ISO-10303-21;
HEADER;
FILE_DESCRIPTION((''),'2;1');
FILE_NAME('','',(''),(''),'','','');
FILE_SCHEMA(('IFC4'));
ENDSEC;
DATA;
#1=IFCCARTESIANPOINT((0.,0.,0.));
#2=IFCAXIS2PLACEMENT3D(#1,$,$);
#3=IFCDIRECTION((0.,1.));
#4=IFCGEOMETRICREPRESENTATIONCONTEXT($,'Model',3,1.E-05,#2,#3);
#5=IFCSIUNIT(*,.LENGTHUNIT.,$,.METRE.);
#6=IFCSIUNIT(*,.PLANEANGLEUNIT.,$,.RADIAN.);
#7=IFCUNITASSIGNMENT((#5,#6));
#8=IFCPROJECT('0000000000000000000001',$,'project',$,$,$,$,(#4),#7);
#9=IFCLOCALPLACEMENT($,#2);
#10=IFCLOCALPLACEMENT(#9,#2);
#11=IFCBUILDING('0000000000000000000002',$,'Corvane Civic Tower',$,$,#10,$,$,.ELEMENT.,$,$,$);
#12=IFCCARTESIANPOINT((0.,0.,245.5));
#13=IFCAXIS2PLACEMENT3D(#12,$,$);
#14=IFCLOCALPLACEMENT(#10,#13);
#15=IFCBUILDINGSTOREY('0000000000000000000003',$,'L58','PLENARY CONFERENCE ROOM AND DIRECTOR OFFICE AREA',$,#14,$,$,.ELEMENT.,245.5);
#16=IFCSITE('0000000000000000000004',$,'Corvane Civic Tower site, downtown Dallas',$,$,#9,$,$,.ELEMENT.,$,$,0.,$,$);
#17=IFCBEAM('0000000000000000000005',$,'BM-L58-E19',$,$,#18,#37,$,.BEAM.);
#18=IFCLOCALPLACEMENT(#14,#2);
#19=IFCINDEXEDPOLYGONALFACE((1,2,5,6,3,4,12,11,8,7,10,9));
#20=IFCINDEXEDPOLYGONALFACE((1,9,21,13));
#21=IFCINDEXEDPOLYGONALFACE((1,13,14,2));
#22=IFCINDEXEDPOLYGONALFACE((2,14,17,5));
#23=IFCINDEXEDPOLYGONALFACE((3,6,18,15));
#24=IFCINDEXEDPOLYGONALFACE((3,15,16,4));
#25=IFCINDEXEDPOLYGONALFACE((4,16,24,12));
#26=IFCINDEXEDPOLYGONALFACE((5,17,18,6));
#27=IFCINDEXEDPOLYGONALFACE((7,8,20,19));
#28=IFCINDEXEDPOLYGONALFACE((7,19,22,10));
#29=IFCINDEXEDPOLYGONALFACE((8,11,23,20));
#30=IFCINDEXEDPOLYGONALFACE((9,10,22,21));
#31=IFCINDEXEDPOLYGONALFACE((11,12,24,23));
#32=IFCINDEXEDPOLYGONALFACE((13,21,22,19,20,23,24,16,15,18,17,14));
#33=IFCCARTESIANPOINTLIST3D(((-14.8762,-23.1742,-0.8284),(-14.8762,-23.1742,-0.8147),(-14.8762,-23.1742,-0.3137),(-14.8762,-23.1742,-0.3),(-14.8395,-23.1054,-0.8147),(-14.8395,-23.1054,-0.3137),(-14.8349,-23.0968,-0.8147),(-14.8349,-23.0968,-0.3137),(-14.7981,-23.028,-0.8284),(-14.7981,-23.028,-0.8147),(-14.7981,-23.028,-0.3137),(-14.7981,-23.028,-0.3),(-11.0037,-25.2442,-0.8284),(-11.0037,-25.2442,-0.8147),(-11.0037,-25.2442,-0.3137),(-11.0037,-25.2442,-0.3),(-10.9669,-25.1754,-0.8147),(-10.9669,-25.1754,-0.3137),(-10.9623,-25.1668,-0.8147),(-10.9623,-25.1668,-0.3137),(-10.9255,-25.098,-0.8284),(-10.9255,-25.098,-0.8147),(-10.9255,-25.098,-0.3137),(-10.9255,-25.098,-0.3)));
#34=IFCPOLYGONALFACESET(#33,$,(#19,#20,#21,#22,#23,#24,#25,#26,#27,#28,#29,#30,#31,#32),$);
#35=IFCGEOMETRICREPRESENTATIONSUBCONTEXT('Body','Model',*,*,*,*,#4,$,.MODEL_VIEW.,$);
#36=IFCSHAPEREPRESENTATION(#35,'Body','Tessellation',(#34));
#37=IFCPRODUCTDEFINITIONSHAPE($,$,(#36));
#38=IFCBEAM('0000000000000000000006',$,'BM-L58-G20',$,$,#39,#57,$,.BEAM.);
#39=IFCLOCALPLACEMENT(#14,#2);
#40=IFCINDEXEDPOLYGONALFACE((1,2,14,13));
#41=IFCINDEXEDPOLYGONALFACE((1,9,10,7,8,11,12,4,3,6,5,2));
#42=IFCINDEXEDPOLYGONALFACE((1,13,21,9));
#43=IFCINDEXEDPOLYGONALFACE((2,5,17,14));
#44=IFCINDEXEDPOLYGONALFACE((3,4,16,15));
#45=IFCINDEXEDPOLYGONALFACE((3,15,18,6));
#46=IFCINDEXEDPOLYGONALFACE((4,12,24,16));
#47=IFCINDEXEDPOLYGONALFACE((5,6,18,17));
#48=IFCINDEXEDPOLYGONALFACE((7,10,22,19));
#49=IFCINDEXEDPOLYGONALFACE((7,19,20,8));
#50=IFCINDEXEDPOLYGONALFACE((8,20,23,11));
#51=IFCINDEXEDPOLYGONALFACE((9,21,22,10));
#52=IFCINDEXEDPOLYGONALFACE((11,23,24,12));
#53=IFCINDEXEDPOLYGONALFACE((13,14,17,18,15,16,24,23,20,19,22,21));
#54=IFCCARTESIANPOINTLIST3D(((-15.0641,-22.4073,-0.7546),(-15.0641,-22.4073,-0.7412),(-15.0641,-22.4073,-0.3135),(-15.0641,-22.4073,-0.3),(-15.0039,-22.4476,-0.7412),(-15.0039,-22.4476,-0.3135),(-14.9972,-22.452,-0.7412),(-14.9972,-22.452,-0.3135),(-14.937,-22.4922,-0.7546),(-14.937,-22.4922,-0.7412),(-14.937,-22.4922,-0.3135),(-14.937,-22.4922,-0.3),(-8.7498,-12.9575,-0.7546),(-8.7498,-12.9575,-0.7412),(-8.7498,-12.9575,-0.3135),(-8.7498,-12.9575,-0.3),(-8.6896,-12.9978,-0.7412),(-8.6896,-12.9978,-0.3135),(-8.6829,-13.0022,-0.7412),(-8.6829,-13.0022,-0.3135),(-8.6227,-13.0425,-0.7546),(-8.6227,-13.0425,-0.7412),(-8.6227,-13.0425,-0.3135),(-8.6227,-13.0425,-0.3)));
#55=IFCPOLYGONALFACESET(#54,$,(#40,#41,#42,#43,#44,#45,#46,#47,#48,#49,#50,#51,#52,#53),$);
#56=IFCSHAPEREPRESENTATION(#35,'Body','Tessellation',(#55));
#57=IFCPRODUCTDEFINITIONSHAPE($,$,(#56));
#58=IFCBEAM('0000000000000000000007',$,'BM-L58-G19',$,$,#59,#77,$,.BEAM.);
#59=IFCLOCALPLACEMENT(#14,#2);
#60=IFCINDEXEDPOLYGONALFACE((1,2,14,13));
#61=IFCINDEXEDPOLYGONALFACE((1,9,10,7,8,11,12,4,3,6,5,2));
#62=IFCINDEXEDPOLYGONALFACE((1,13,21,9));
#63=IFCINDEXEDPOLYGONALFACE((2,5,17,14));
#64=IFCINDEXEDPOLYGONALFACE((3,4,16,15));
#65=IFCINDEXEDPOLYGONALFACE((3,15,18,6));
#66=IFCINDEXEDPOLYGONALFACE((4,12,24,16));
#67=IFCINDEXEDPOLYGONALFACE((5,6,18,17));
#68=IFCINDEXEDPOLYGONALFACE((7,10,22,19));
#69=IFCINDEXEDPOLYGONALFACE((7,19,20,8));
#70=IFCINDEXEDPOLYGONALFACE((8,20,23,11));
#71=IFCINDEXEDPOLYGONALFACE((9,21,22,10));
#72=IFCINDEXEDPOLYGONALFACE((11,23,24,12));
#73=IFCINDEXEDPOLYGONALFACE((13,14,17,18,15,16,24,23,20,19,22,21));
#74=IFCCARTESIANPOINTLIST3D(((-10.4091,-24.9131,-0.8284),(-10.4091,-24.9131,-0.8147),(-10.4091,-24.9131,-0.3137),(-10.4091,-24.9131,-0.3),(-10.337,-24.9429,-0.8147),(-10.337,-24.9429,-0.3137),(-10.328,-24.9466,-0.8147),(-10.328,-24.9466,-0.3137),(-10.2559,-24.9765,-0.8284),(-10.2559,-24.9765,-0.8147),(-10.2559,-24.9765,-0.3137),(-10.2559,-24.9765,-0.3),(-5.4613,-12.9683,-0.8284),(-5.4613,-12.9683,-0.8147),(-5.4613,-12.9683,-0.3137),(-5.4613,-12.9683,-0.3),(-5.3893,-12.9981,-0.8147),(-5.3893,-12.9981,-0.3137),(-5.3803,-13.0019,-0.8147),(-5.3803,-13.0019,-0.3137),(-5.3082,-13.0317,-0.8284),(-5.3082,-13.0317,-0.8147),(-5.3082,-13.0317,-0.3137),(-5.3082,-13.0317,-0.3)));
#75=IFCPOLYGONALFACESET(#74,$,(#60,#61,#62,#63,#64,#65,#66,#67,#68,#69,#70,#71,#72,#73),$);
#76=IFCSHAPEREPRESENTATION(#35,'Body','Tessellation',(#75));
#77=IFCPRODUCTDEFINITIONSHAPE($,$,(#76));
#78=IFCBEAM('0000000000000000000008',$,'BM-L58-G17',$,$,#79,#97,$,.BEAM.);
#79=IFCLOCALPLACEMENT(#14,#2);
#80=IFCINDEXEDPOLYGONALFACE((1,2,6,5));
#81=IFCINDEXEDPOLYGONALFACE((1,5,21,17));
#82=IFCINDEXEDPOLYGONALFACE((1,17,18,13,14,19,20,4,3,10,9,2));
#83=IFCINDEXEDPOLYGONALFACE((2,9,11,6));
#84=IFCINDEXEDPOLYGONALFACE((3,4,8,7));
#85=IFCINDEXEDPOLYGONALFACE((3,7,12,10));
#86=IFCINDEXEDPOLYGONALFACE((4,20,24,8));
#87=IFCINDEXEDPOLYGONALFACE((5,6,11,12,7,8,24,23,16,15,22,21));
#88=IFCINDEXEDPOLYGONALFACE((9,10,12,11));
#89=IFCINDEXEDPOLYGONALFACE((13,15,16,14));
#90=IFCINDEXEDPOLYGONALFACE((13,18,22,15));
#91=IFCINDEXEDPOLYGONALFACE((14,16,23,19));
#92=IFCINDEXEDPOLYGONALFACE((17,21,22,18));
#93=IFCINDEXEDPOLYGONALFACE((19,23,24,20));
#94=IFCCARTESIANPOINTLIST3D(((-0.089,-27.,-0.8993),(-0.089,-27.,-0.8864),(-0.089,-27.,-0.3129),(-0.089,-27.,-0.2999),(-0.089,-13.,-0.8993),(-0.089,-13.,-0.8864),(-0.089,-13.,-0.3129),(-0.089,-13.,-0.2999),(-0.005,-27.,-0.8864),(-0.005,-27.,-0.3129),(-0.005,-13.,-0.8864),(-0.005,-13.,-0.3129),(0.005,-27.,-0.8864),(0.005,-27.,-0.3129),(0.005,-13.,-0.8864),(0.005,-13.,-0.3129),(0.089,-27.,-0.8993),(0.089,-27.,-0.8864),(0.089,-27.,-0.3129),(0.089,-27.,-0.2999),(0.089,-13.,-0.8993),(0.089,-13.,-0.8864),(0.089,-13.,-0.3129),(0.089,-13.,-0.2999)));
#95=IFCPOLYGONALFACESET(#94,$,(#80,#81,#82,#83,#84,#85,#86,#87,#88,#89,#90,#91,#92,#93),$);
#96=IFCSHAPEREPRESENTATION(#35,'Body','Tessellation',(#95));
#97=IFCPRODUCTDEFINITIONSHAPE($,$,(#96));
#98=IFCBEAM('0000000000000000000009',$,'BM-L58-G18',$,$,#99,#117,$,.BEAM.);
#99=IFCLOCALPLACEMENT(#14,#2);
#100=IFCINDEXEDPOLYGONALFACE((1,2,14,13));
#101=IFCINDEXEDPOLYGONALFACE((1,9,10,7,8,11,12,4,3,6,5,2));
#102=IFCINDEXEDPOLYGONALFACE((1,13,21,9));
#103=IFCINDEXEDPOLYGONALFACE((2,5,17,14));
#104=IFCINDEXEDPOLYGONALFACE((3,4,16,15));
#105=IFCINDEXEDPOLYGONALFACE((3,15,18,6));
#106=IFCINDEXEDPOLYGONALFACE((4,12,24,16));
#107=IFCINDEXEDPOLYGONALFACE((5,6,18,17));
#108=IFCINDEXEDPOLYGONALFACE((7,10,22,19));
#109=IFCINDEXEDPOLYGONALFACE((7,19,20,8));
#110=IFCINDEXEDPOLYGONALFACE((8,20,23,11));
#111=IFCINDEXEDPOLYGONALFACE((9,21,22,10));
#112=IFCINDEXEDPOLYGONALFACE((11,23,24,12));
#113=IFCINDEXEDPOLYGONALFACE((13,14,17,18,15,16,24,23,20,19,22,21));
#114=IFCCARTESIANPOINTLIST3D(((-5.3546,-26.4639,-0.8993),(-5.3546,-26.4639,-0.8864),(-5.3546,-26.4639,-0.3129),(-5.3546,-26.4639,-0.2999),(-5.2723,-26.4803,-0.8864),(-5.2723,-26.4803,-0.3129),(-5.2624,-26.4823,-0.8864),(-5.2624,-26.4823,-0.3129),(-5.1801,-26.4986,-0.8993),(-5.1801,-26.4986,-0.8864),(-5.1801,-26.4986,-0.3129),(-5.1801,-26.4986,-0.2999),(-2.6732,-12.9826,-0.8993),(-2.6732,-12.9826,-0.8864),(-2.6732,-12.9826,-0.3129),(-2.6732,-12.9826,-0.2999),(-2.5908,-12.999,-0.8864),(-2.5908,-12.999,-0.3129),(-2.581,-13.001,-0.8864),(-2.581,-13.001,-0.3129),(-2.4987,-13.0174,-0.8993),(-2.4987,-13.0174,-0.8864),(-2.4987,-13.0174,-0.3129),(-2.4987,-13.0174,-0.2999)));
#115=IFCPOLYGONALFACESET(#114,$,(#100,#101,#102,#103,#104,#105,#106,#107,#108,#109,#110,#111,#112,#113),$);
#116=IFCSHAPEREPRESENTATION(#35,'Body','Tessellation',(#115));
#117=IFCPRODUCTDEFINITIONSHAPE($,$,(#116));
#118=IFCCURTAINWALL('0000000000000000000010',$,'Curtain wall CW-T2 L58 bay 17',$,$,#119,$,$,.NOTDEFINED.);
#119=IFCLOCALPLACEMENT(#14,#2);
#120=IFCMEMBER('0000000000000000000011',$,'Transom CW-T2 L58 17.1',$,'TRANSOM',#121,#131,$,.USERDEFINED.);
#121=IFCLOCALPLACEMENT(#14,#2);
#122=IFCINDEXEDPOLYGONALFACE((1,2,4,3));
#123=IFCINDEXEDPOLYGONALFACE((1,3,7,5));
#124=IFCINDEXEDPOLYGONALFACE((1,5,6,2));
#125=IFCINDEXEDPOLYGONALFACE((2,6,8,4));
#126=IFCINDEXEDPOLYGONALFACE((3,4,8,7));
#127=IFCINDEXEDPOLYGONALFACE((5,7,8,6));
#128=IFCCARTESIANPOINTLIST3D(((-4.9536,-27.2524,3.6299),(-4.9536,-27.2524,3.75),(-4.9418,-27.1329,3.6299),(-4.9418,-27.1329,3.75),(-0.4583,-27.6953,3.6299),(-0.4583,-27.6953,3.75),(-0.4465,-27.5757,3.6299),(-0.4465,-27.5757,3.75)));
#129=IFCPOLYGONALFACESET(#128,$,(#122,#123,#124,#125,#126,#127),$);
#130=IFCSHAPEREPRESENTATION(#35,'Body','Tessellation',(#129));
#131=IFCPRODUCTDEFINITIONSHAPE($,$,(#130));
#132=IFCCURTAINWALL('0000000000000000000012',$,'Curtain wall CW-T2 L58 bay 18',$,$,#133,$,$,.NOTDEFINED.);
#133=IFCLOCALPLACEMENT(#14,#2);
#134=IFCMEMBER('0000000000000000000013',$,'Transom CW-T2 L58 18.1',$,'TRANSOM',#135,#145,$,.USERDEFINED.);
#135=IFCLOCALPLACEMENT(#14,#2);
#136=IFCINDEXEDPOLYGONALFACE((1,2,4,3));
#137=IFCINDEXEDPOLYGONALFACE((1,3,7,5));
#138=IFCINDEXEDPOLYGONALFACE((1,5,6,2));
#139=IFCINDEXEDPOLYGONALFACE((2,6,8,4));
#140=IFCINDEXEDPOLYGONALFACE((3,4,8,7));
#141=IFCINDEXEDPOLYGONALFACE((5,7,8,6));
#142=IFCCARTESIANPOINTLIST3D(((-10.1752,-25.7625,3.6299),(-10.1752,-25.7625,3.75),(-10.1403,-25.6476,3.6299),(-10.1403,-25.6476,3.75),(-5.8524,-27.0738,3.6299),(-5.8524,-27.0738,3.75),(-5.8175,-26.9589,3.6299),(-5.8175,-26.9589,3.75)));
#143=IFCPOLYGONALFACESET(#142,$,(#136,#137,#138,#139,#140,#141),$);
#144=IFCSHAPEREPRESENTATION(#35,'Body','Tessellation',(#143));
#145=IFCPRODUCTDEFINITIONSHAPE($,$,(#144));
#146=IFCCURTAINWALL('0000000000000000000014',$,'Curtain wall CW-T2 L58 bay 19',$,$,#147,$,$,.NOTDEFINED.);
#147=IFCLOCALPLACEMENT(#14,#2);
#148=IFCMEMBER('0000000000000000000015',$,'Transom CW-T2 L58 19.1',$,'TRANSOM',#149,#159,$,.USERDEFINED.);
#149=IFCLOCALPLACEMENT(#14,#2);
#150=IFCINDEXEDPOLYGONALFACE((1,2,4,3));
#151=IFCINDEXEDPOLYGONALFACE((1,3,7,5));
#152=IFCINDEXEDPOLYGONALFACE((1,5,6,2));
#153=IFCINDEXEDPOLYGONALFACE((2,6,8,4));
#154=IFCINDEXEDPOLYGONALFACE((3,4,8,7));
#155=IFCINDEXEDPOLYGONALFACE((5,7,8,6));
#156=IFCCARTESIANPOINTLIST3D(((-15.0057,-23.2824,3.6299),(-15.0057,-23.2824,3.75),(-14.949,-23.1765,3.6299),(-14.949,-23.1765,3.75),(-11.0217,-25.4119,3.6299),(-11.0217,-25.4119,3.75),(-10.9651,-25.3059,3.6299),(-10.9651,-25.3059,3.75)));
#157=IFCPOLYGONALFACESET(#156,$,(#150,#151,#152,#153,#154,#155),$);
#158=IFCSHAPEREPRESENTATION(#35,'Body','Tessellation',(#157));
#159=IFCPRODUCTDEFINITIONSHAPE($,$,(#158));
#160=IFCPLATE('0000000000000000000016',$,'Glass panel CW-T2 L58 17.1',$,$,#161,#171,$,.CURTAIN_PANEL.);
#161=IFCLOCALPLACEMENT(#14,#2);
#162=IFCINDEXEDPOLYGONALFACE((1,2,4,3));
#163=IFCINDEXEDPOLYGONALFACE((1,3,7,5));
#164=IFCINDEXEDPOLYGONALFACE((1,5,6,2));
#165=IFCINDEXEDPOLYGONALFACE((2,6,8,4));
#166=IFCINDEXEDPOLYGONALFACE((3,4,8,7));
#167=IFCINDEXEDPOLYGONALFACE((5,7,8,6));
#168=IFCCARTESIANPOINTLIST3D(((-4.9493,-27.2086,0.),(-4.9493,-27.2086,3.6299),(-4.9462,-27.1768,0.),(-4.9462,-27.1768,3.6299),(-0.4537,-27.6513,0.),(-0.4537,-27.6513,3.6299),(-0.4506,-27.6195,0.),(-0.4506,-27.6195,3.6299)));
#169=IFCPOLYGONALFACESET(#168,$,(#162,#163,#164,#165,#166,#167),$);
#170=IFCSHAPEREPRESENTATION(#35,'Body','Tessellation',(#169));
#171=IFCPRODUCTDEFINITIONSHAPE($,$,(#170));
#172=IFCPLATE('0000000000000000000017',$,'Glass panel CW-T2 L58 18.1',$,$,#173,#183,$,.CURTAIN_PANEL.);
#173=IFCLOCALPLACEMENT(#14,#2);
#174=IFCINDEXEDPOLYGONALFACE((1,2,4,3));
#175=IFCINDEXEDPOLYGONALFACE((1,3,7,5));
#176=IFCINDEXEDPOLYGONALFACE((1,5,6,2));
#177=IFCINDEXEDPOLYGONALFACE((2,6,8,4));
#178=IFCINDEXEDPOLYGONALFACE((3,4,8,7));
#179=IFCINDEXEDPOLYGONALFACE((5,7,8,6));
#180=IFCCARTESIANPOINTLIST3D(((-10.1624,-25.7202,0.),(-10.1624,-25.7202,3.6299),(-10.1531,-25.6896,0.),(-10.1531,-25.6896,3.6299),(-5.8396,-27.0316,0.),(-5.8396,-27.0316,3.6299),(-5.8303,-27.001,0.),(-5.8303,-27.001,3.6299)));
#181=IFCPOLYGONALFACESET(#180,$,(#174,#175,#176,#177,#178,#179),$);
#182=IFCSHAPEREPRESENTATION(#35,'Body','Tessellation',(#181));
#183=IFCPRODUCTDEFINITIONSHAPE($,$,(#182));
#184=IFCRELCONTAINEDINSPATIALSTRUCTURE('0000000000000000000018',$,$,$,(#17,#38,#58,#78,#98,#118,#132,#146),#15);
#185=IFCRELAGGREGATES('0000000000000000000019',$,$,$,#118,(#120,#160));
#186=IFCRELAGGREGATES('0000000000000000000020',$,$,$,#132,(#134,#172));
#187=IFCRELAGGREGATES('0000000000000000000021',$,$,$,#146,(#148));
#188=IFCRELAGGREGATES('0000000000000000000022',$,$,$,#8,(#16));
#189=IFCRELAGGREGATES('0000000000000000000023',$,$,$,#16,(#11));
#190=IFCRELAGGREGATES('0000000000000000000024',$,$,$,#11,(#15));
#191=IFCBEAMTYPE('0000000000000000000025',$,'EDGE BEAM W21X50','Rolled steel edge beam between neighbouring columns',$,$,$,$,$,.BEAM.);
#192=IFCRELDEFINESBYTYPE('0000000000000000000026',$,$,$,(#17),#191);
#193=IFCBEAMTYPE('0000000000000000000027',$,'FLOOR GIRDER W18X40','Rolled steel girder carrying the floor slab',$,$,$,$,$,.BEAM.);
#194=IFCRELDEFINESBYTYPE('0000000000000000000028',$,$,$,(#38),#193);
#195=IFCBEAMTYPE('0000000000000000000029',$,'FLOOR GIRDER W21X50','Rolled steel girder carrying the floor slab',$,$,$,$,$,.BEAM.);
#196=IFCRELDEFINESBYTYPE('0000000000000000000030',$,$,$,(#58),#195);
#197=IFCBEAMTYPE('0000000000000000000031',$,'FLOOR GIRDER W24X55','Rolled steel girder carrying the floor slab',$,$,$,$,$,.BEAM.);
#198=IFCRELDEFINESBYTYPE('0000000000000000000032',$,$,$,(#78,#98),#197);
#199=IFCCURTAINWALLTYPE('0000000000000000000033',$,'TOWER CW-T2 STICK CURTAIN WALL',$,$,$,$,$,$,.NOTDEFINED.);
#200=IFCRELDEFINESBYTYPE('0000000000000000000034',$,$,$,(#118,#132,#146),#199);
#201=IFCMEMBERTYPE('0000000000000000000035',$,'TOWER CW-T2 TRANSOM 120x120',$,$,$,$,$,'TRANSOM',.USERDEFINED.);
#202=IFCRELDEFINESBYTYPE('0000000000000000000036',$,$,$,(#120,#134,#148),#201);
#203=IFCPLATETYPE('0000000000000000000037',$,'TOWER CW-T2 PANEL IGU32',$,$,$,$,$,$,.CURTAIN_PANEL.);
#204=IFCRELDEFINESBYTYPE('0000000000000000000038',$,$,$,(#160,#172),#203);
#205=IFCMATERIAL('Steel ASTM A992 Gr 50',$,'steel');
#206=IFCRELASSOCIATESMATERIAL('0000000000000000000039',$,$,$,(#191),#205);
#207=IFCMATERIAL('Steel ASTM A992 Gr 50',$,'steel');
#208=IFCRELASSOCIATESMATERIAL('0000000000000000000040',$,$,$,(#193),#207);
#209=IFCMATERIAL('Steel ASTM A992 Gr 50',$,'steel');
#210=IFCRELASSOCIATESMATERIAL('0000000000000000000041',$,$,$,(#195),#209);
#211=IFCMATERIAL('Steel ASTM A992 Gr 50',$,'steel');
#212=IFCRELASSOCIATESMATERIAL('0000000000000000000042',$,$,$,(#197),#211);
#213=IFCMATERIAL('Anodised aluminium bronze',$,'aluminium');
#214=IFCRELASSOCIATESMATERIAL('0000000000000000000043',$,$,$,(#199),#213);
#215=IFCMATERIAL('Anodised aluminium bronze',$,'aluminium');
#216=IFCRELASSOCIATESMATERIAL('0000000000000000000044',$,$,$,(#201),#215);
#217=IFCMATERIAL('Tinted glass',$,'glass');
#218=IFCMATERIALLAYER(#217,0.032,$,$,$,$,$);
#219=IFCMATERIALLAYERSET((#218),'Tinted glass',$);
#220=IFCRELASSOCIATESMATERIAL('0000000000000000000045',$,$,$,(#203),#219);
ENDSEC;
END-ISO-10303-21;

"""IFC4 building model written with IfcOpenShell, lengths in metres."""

from ifc_helpers import new_model, si_unit, direction, frame, origin, origin_2d, place, context, subcontext, project, spatial, rectangle, i_section, extrude, material, layer, layer_set, material_profile, profile_set, type_object, element, aggregate, save


model = new_model("IFC4")

# Units and contexts
model_context = context("Model", 3, precision=1e-05, world=origin(), true_north=direction((0.0, 1.0)))
body_context = subcontext(model_context, "Body", "Model", "MODEL_VIEW")
ifc_project = project(units=[si_unit("LENGTHUNIT", "METRE"), si_unit("PLANEANGLEUNIT", "RADIAN")], contexts=[model_context])

# Site, building, storey
site_placement = place(None, origin())
site = spatial("IfcSite", under=ifc_project, at=site_placement, Name="Corvane Civic Tower site, downtown Dallas", CompositionType="ELEMENT", RefElevation=0.0)
building_placement = place(site_placement, origin())
building = spatial("IfcBuilding", under=site, at=building_placement, Name="Corvane Civic Tower", CompositionType="ELEMENT")
storey_placement = place(building_placement, frame((0.0, 0.0, 245.5)))
storey = spatial("IfcBuildingStorey", under=building, at=storey_placement, Name="L58", Description="PLENARY CONFERENCE ROOM AND DIRECTOR OFFICE AREA", CompositionType="ELEMENT", Elevation=245.5)

# Beams
ifc_material_1 = material(Name="Steel ASTM A992 Gr 50", Category="steel")
ifc_material_profile_1 = material_profile(ifc_material_1, i_section(OverallWidth=0.1658, OverallDepth=0.5283, WebThickness=0.0098, FlangeThickness=0.0137, at=origin_2d()), Name="W21X50")
ifc_profile_set_1 = profile_set([ifc_material_profile_1], Name="Steel ASTM A992 Gr 50")
beam_type_1 = type_object("IfcBeamType", Name="EDGE BEAM W21X50", Description="Rolled steel edge beam between neighbouring columns", PredefinedType="BEAM", material=ifc_profile_set_1)
beam_1_placement = place(storey_placement, frame((-10.9646, -25.1711, -0.5642), z_axis=(-0.881908, 0.471422, 0.0), x_axis=(-0.471422, -0.881908, 0.0)))
element("IfcBeam", 1, at=beam_1_placement, inside=storey, type_object=beam_type_1, Name="BM-L58-E19", PredefinedType="BEAM", context=body_context, shape_type="SweptSolid", body=[
    extrude(i_section(OverallWidth=0.1658, OverallDepth=0.5283, WebThickness=0.0098, FlangeThickness=0.0137, at=origin_2d()), origin(), (0.0, 0.0, 1.0), 4.3911),
])
ifc_material_2 = material(Name="Steel ASTM A992 Gr 50", Category="steel")
ifc_material_profile_2 = material_profile(ifc_material_2, i_section(OverallWidth=0.1528, OverallDepth=0.4546, WebThickness=0.0081, FlangeThickness=0.0134, at=origin_2d()), Name="W18X40")
ifc_profile_set_2 = profile_set([ifc_material_profile_2], Name="Steel ASTM A992 Gr 50")
beam_type_2 = type_object("IfcBeamType", Name="FLOOR GIRDER W18X40", Description="Rolled steel girder carrying the floor slab", PredefinedType="BEAM", material=ifc_profile_set_2)
beam_2_placement = place(storey_placement, frame((-8.6863, -13.0, -0.5273), z_axis=(-0.555577, -0.831465, 0.0), x_axis=(0.831465, -0.555577, 0.0)))
element("IfcBeam", 2, at=beam_2_placement, inside=storey, type_object=beam_type_2, Name="BM-L58-G20", PredefinedType="BEAM", context=body_context, shape_type="SweptSolid", body=[
    extrude(i_section(OverallWidth=0.1528, OverallDepth=0.4546, WebThickness=0.0081, FlangeThickness=0.0134, at=origin_2d()), origin(), (0.0, 0.0, 1.0), 11.3652),
])
ifc_material_3 = material(Name="Steel ASTM A992 Gr 50", Category="steel")
ifc_material_profile_3 = material_profile(ifc_material_3, i_section(OverallWidth=0.1658, OverallDepth=0.5283, WebThickness=0.0098, FlangeThickness=0.0137, at=origin_2d()), Name="W21X50")
ifc_profile_set_3 = profile_set([ifc_material_profile_3], Name="Steel ASTM A992 Gr 50")
beam_type_3 = type_object("IfcBeamType", Name="FLOOR GIRDER W21X50", Description="Rolled steel girder carrying the floor slab", PredefinedType="BEAM", material=ifc_profile_set_3)
beam_3_placement = place(storey_placement, frame((-5.3848, -13.0, -0.5642), z_axis=(-0.382686, -0.923878, 0.0), x_axis=(0.923878, -0.382686, 0.0)))
element("IfcBeam", 3, at=beam_3_placement, inside=storey, type_object=beam_type_3, Name="BM-L58-G19", PredefinedType="BEAM", context=body_context, shape_type="SweptSolid", body=[
    extrude(i_section(OverallWidth=0.1658, OverallDepth=0.5283, WebThickness=0.0098, FlangeThickness=0.0137, at=origin_2d()), origin(), (0.0, 0.0, 1.0), 12.929),
])
ifc_material_4 = material(Name="Steel ASTM A992 Gr 50", Category="steel")
ifc_material_profile_4 = material_profile(ifc_material_4, i_section(OverallWidth=0.178, OverallDepth=0.5994, WebThickness=0.01, FlangeThickness=0.0129, at=origin_2d()), Name="W24X55")
ifc_profile_set_4 = profile_set([ifc_material_profile_4], Name="Steel ASTM A992 Gr 50")
beam_type_4 = type_object("IfcBeamType", Name="FLOOR GIRDER W24X55", Description="Rolled steel girder carrying the floor slab", PredefinedType="BEAM", material=ifc_profile_set_4)
beam_4_placement = place(storey_placement, frame((0.0, -13.0, -0.5996), z_axis=(0.0, -1.0, 0.0), x_axis=(1.0, 0.0, 0.0)))
element("IfcBeam", 4, at=beam_4_placement, inside=storey, type_object=beam_type_4, Name="BM-L58-G17", PredefinedType="BEAM", context=body_context, shape_type="SweptSolid", body=[
    extrude(i_section(OverallWidth=0.178, OverallDepth=0.5994, WebThickness=0.01, FlangeThickness=0.0129, at=origin_2d()), origin(), (0.0, 0.0, 1.0), 14.0),
])
beam_5_placement = place(storey_placement, frame((-2.5859, -13.0, -0.5996), z_axis=(-0.195078, -0.980788, 0.0), x_axis=(0.980788, -0.195078, 0.0)))
element("IfcBeam", 5, at=beam_5_placement, inside=storey, type_object=beam_type_4, Name="BM-L58-G18", PredefinedType="BEAM", context=body_context, shape_type="SweptSolid", body=[
    extrude(i_section(OverallWidth=0.178, OverallDepth=0.5994, WebThickness=0.01, FlangeThickness=0.0129, at=origin_2d()), origin(), (0.0, 0.0, 1.0), 13.7454),
])

# Curtain walls, members
ifc_material_5 = material(Name="Anodised aluminium bronze", Category="aluminium")
curtain_wall_type = type_object("IfcCurtainWallType", Name="TOWER CW-T2 STICK CURTAIN WALL", PredefinedType="NOTDEFINED", material=ifc_material_5)
curtain_wall_1_placement = place(storey_placement, origin())
curtain_wall_1 = element("IfcCurtainWall", 6, at=curtain_wall_1_placement, inside=storey, type_object=curtain_wall_type, Name="Curtain wall CW-T2 L58 bay 17", PredefinedType="NOTDEFINED")
ifc_material_6 = material(Name="Anodised aluminium bronze", Category="aluminium")
ifc_material_profile_5 = material_profile(ifc_material_6, rectangle(XDim=0.1201, YDim=0.1201, at=origin_2d()), Name="TOWER CW-T2 TRANSOM 120x120")
ifc_profile_set_5 = profile_set([ifc_material_profile_5], Name="Anodised aluminium bronze")
member_type = type_object("IfcMemberType", Name="TOWER CW-T2 TRANSOM 120x120", ElementType="TRANSOM", PredefinedType="USERDEFINED", material=ifc_profile_set_5)
member_1_placement = place(storey_placement, frame((-0.4524, -27.6355, 3.6899), z_axis=(-0.995182, 0.098043, 0.0), x_axis=(-0.098043, -0.995182, 0.0)))
member_1 = element("IfcMember", 7, at=member_1_placement, type_object=member_type, Name="Transom CW-T2 L58 17.1", ObjectType="TRANSOM", PredefinedType="USERDEFINED", context=body_context, shape_type="SweptSolid", body=[
    extrude(rectangle(XDim=0.1201, YDim=0.1201, at=origin_2d()), origin(), (0.0, 0.0, 1.0), 4.5171),
])
curtain_wall_2_placement = place(storey_placement, origin())
curtain_wall_2 = element("IfcCurtainWall", 8, at=curtain_wall_2_placement, inside=storey, type_object=curtain_wall_type, Name="Curtain wall CW-T2 L58 bay 18", PredefinedType="NOTDEFINED")
member_2_placement = place(storey_placement, frame((-5.835, -27.0164, 3.6899), z_axis=(-0.956941, 0.290282, 0.0), x_axis=(-0.290282, -0.956941, 0.0)))
member_2 = element("IfcMember", 9, at=member_2_placement, type_object=member_type, Name="Transom CW-T2 L58 18.1", ObjectType="TRANSOM", PredefinedType="USERDEFINED", context=body_context, shape_type="SweptSolid", body=[
    extrude(rectangle(XDim=0.1201, YDim=0.1201, at=origin_2d()), origin(), (0.0, 0.0, 1.0), 4.5173),
])
curtain_wall_3_placement = place(storey_placement, origin())
curtain_wall_3 = element("IfcCurtainWall", 10, at=curtain_wall_3_placement, inside=storey, type_object=curtain_wall_type, Name="Curtain wall CW-T2 L58 bay 19", PredefinedType="NOTDEFINED")
member_3_placement = place(storey_placement, frame((-10.9934, -25.3589, 3.6899), z_axis=(-0.881925, 0.47139, 0.0), x_axis=(-0.47139, -0.881925, 0.0)))
member_3 = element("IfcMember", 11, at=member_3_placement, type_object=member_type, Name="Transom CW-T2 L58 19.1", ObjectType="TRANSOM", PredefinedType="USERDEFINED", context=body_context, shape_type="SweptSolid", body=[
    extrude(rectangle(XDim=0.1201, YDim=0.1201, at=origin_2d()), origin(), (0.0, 0.0, 1.0), 4.5173),
])

# Plates
ifc_material_7 = material(Name="Tinted glass", Category="glass")
ifc_layer_1 = layer(ifc_material_7, 0.032)
ifc_layer_set_1 = layer_set([ifc_layer_1], Name="Tinted glass")
plate_type = type_object("IfcPlateType", Name="TOWER CW-T2 PANEL IGU32", PredefinedType="CURTAIN_PANEL", material=ifc_layer_set_1)
plate_1_placement = place(storey_placement, frame((-2.7, -27.4141, 0.0), z_axis=(0.0, 0.0, 1.0), x_axis=(-0.995187, 0.097993, 0.0)))
plate_1 = element("IfcPlate", 12, at=plate_1_placement, type_object=plate_type, Name="Glass panel CW-T2 L58 17.1", PredefinedType="CURTAIN_PANEL", context=body_context, shape_type="SweptSolid", body=[
    extrude(rectangle(XDim=4.5173, YDim=0.032, at=origin_2d()), origin(), (0.0, 0.0, 1.0), 3.6299),
])
aggregate(curtain_wall_1, [member_1, plate_1])
plate_2_placement = place(storey_placement, frame((-7.9963, -26.3606, 0.0), z_axis=(0.0, 0.0, 1.0), x_axis=(-0.956939, 0.29029, 0.0)))
plate_2 = element("IfcPlate", 13, at=plate_2_placement, type_object=plate_type, Name="Glass panel CW-T2 L58 18.1", PredefinedType="CURTAIN_PANEL", context=body_context, shape_type="SweptSolid", body=[
    extrude(rectangle(XDim=4.5173, YDim=0.032, at=origin_2d()), origin(), (0.0, 0.0, 1.0), 3.6299),
])
aggregate(curtain_wall_2, [member_2, plate_2])
aggregate(curtain_wall_3, [member_3])

save(model, "model.ifc")
